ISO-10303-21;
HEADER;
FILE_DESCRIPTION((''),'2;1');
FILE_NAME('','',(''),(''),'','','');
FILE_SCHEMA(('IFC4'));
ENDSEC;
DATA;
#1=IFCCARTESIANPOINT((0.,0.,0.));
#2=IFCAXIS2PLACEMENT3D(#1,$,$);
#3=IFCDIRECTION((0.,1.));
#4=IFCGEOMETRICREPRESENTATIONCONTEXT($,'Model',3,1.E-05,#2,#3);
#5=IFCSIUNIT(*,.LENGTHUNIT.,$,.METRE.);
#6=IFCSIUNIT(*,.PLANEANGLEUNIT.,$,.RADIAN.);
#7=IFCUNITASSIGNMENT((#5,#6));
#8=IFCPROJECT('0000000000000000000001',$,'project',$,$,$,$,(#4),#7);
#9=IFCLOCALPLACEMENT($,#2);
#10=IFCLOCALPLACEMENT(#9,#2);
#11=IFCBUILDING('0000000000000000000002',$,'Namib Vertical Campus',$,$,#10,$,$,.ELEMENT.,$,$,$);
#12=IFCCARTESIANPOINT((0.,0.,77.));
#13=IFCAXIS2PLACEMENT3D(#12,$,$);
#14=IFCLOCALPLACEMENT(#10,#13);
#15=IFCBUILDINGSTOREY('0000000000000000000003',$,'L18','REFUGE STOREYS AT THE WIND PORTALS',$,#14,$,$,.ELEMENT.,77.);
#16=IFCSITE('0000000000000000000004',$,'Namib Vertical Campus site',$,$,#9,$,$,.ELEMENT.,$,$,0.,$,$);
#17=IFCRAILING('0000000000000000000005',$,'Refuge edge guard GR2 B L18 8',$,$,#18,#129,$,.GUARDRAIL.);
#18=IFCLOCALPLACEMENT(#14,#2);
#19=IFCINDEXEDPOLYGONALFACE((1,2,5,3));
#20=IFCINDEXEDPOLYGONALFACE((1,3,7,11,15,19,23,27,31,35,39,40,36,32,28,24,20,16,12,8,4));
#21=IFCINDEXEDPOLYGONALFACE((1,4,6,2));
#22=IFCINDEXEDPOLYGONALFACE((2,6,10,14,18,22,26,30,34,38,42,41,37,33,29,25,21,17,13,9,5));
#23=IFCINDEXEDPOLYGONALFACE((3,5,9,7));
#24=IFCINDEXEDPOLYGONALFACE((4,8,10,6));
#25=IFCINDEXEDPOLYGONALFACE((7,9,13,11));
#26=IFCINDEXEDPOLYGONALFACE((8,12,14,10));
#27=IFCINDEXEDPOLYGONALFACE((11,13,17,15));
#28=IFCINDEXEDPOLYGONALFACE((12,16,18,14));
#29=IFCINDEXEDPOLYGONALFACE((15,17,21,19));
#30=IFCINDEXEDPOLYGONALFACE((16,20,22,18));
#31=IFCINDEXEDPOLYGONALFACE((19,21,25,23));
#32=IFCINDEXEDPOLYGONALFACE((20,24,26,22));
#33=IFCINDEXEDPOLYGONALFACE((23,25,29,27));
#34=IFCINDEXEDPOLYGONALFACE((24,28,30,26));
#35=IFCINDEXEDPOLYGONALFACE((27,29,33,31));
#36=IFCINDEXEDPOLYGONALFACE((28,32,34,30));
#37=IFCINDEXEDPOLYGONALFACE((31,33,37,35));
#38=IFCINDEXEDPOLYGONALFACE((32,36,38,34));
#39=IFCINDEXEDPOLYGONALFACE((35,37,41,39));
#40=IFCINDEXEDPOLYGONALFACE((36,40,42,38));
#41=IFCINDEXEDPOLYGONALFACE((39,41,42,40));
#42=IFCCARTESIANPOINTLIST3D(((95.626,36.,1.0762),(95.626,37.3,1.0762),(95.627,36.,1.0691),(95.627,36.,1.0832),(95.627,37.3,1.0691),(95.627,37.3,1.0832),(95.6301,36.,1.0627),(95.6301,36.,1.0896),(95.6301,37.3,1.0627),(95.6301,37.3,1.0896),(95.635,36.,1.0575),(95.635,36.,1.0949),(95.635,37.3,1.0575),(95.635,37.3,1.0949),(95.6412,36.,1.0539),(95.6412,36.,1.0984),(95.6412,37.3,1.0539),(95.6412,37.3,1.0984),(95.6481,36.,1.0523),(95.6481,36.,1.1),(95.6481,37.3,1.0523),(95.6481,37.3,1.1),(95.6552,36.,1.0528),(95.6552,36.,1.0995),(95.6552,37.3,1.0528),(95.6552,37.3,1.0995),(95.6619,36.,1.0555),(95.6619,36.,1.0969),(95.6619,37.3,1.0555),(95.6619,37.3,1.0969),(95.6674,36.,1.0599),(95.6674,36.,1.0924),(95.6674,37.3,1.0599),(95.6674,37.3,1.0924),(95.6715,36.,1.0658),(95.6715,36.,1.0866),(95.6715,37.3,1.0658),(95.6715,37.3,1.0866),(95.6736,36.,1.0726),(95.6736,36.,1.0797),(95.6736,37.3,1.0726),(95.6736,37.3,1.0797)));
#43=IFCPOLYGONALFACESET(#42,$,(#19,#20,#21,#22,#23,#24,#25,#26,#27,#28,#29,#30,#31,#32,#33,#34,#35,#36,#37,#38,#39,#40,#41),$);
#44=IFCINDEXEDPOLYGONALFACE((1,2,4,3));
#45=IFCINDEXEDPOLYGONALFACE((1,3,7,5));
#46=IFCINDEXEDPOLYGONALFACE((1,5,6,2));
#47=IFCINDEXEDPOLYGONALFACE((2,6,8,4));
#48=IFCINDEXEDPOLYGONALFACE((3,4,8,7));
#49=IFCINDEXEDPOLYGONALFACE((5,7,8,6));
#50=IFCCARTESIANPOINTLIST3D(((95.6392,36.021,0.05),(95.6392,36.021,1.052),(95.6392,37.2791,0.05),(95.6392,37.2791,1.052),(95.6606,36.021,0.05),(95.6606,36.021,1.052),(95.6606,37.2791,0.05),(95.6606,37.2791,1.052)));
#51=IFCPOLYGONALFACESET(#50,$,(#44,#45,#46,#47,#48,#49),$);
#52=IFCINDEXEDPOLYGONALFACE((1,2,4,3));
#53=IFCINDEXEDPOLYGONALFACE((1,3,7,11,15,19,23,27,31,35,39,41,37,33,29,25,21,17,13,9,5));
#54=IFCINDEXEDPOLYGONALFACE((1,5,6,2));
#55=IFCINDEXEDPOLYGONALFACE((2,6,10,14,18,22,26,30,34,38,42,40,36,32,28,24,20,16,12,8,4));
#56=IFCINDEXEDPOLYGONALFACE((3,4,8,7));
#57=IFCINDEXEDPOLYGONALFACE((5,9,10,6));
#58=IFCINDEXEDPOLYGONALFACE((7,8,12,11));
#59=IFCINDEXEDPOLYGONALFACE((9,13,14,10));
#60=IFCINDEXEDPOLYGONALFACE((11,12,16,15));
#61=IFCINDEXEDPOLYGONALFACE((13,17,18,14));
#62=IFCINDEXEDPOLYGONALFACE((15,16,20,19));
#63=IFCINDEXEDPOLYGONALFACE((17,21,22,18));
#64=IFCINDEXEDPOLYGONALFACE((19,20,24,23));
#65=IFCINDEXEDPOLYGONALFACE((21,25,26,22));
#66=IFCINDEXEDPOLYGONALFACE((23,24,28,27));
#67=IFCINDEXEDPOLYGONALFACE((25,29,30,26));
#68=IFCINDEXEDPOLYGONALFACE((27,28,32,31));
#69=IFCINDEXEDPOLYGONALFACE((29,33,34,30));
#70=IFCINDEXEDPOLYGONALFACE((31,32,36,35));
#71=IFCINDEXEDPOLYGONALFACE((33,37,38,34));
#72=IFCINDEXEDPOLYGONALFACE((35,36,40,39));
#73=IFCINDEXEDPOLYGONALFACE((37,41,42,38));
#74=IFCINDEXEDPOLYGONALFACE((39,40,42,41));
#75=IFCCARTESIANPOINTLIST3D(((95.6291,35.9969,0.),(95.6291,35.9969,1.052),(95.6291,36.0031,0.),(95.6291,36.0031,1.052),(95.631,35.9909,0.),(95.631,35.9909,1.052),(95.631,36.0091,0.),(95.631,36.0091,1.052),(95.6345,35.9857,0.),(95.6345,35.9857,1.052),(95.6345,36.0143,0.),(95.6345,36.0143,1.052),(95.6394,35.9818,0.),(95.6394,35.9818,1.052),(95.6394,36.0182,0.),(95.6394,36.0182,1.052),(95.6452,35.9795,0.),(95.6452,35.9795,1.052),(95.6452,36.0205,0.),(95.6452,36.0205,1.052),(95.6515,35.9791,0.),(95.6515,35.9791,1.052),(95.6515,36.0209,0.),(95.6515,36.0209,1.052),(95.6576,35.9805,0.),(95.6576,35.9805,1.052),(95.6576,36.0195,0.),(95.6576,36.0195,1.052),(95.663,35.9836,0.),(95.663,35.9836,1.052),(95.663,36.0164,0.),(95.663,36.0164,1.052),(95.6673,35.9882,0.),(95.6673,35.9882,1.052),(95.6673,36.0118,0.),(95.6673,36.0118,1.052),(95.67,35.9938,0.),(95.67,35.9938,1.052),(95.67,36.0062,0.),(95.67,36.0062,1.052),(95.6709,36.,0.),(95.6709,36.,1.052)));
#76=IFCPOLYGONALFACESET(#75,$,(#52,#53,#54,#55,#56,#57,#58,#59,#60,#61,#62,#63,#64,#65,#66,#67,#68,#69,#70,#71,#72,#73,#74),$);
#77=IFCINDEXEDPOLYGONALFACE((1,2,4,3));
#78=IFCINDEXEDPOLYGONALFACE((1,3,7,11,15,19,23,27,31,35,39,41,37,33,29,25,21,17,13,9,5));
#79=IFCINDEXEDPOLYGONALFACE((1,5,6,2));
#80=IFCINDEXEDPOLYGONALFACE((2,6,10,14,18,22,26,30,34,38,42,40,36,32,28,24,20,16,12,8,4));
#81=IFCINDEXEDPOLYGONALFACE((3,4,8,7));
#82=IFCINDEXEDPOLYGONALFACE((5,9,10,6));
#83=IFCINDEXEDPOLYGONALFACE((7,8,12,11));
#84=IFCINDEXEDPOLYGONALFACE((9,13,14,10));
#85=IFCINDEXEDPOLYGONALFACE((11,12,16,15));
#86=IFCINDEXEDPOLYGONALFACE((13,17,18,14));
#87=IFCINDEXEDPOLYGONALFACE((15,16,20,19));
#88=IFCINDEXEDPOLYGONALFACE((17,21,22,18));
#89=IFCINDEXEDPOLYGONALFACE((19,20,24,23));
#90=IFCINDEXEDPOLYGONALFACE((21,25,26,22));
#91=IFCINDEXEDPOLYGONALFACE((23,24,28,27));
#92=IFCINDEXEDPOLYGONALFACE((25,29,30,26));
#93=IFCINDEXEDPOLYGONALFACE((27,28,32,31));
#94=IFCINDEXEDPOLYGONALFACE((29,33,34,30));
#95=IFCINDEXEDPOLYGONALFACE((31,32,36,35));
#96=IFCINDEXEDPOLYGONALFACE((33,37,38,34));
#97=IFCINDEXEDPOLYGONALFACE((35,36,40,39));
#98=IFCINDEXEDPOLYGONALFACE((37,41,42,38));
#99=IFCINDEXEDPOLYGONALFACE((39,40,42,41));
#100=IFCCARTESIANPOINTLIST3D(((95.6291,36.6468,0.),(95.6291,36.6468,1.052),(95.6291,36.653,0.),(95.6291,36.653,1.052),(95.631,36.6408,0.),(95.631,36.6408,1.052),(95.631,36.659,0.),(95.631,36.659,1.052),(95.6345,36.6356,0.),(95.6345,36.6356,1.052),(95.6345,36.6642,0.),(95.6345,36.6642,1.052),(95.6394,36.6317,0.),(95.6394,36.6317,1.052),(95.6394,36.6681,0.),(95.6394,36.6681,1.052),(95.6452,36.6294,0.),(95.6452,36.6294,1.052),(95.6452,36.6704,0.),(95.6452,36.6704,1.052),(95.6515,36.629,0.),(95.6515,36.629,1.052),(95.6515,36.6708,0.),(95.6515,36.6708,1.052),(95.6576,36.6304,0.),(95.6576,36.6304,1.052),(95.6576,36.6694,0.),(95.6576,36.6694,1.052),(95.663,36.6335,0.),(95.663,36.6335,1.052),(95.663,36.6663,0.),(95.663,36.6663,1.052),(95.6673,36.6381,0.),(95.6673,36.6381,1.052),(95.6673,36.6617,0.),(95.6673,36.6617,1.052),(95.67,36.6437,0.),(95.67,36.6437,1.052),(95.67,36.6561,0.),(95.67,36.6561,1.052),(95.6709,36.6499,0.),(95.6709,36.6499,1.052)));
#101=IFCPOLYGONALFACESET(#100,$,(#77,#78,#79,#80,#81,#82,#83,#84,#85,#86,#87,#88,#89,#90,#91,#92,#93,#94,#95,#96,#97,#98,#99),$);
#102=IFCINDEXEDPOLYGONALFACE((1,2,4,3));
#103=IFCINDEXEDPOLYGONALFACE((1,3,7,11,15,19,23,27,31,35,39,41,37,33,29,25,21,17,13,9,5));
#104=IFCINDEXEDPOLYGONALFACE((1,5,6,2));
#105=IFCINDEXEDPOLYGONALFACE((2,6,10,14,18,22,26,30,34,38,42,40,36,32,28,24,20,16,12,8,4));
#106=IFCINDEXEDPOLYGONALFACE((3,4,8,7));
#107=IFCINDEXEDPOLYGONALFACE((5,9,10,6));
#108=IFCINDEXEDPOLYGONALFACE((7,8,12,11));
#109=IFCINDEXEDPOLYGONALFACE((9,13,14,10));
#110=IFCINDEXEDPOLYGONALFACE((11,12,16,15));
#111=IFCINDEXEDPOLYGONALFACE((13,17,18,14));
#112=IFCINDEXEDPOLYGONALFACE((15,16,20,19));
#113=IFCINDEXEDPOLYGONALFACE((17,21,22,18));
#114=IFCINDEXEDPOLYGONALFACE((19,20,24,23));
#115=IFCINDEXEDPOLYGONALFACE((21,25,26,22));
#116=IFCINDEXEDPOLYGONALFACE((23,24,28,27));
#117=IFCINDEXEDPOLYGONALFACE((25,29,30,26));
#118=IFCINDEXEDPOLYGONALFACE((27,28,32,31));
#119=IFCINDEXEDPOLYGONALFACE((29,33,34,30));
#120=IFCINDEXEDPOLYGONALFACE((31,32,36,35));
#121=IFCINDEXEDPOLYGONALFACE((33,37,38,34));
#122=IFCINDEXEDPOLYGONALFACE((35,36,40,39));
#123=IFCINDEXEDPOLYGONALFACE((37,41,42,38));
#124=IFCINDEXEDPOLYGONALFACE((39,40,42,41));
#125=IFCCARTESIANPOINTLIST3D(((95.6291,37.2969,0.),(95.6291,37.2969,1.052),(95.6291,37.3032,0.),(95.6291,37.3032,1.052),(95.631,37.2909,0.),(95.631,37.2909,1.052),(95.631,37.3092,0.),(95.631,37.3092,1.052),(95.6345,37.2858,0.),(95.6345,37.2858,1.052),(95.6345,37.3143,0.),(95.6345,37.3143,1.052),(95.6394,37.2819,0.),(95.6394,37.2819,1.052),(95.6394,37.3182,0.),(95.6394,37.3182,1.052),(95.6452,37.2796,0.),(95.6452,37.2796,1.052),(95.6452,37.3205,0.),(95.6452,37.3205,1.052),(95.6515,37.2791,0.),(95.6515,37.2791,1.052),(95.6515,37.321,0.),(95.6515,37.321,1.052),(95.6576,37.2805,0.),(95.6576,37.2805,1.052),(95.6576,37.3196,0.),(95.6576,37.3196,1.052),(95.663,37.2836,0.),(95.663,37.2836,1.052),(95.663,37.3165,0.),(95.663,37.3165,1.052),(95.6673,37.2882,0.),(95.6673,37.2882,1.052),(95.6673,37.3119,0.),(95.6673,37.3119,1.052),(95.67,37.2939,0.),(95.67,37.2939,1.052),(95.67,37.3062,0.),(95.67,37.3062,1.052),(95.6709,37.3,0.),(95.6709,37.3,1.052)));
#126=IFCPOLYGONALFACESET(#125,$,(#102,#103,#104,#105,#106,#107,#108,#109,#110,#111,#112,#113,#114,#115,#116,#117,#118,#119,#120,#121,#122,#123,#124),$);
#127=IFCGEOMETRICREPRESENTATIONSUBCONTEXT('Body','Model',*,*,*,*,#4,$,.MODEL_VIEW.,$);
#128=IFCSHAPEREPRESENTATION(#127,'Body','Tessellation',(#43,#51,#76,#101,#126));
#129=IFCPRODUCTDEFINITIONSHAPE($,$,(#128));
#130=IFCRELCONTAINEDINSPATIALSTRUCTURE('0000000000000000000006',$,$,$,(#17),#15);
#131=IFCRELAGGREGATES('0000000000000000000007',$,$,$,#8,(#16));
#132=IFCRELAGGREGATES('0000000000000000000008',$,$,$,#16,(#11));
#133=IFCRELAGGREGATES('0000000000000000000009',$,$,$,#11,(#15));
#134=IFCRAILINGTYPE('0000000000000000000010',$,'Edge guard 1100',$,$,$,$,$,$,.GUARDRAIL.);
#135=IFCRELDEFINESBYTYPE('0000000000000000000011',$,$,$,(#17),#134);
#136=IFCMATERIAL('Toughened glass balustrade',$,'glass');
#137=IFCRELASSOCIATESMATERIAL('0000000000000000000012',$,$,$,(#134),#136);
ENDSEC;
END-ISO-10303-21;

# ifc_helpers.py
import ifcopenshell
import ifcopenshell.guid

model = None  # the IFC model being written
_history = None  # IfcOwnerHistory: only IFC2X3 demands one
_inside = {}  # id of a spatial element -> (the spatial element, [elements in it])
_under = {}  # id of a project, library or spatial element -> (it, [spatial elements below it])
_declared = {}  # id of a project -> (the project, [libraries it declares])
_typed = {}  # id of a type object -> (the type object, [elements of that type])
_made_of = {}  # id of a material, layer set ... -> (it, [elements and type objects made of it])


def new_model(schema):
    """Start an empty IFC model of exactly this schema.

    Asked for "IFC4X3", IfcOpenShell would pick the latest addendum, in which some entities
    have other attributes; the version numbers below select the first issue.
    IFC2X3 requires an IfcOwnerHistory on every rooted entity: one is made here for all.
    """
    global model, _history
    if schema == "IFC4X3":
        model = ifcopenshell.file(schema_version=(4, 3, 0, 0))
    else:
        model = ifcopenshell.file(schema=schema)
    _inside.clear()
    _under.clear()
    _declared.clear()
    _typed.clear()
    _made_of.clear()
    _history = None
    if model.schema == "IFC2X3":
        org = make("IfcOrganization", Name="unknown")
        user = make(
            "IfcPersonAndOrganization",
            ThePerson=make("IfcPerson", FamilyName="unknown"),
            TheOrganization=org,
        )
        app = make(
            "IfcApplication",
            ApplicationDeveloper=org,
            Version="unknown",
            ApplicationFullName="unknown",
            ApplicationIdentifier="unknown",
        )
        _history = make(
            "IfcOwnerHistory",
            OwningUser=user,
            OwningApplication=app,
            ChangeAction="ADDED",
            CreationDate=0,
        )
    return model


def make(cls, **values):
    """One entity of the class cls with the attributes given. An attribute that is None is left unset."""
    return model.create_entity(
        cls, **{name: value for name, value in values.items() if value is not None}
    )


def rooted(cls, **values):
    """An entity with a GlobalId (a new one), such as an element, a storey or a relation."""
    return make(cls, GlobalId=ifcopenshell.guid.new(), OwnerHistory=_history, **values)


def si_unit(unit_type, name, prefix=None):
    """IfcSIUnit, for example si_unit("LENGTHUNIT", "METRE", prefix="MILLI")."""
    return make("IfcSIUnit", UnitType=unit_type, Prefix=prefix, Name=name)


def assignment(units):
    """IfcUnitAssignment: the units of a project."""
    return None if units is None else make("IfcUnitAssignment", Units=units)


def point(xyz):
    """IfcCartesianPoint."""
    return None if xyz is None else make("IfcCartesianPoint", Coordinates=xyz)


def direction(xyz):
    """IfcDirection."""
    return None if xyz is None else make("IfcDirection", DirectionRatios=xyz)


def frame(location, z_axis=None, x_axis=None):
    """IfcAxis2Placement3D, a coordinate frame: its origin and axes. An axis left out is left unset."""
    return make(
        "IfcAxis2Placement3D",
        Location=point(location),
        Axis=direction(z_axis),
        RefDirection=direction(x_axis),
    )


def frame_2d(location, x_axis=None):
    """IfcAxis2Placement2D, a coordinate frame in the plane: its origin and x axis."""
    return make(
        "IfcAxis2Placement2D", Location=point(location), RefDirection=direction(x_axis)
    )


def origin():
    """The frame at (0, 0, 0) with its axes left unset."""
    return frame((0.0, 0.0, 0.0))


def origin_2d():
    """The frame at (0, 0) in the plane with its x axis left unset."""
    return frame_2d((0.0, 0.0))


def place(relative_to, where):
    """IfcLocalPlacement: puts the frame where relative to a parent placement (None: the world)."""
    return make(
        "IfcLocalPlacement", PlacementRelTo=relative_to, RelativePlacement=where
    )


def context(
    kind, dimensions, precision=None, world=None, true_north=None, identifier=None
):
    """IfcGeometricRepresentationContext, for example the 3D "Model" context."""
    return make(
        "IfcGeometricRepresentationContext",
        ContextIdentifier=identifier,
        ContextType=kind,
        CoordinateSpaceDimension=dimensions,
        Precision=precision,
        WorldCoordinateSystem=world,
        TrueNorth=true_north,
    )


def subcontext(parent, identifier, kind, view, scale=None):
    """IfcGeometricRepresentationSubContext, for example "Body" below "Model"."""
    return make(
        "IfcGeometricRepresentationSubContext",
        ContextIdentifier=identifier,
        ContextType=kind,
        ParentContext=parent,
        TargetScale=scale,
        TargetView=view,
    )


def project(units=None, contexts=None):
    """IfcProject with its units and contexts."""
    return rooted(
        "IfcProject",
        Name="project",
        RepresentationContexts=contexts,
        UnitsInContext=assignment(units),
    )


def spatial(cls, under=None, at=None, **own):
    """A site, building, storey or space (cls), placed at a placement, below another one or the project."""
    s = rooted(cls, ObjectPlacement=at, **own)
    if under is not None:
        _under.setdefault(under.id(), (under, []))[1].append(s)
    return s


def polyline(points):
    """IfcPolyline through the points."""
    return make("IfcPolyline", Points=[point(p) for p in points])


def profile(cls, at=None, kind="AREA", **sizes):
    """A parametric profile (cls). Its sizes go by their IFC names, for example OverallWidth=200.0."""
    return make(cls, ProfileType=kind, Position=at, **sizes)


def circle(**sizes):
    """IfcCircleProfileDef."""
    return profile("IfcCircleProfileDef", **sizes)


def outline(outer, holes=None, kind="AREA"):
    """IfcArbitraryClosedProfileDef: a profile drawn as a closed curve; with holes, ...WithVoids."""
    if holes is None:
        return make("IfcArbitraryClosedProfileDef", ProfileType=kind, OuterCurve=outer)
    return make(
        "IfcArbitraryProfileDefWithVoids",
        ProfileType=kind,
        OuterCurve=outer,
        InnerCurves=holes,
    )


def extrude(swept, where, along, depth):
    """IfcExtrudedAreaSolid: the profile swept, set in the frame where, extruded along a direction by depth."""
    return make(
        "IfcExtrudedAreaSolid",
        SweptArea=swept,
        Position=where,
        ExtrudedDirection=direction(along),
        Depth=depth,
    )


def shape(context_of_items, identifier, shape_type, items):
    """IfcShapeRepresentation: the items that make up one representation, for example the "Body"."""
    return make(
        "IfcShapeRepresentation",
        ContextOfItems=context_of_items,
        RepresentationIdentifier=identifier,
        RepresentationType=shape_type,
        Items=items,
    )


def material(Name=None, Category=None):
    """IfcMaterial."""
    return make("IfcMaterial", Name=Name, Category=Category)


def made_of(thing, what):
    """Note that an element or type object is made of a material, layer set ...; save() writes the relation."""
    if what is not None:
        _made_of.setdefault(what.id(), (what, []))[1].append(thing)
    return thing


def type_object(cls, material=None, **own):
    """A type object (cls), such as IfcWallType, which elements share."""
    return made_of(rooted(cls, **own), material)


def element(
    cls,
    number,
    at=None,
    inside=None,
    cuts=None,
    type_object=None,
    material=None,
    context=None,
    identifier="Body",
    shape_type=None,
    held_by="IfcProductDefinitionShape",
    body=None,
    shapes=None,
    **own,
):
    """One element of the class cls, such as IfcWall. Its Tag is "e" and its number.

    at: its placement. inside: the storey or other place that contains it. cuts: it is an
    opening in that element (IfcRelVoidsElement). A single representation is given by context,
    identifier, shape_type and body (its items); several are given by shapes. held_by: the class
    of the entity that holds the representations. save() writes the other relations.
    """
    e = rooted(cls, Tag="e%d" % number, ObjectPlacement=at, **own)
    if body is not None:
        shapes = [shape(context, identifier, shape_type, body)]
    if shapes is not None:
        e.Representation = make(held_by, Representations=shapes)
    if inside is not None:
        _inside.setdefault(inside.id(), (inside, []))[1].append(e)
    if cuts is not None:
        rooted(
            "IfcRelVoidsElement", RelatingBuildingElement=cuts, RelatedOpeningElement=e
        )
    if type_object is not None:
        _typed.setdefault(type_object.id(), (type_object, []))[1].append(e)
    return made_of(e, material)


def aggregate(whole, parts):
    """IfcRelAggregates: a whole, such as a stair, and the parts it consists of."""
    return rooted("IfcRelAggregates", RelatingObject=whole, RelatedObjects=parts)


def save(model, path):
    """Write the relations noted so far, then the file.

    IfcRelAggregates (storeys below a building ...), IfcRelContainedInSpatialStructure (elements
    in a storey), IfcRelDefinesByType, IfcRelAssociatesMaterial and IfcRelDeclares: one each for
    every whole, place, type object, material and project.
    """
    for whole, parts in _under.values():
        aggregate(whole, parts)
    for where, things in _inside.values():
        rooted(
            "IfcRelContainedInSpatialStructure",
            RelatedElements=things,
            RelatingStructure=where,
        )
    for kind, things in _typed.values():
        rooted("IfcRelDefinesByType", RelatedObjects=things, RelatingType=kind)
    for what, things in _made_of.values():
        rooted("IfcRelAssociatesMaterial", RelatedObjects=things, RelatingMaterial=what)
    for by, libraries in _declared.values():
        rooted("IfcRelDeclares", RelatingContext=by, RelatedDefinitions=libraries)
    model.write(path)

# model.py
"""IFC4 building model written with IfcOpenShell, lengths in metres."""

from ifc_helpers import new_model, si_unit, direction, frame, origin, origin_2d, place, context, subcontext, project, spatial, polyline, circle, outline, extrude, material, type_object, element, save


model = new_model("IFC4")

# Units and contexts
model_context = context("Model", 3, precision=1e-05, world=origin(), true_north=direction((0.0, 1.0)))
body_context = subcontext(model_context, "Body", "Model", "MODEL_VIEW")
ifc_project = project(units=[si_unit("LENGTHUNIT", "METRE"), si_unit("PLANEANGLEUNIT", "RADIAN")], contexts=[model_context])

# Site, building, storey
site_placement = place(None, origin())
site = spatial("IfcSite", under=ifc_project, at=site_placement, Name="Namib Vertical Campus site", CompositionType="ELEMENT", RefElevation=0.0)
building_placement = place(site_placement, origin())
building = spatial("IfcBuilding", under=site, at=building_placement, Name="Namib Vertical Campus", CompositionType="ELEMENT")
storey_placement = place(building_placement, frame((0.0, 0.0, 77.0)))
storey = spatial("IfcBuildingStorey", under=building, at=storey_placement, Name="L18", Description="REFUGE STOREYS AT THE WIND PORTALS", CompositionType="ELEMENT", Elevation=77.0)

# Railing
ifc_material_1 = material(Name="Toughened glass balustrade", Category="glass")
railing_type_1 = type_object("IfcRailingType", Name="Edge guard 1100", PredefinedType="GUARDRAIL", material=ifc_material_1)
railing_1_placement = place(storey_placement, frame((95.6499, 36.0, 0.0)))
element("IfcRailing", 1, at=railing_1_placement, inside=storey, type_object=railing_type_1, Name="Refuge edge guard GR2 B L18 8", PredefinedType="GUARDRAIL", context=body_context, shape_type="SweptSolid", body=[
    extrude(circle(Radius=0.0239, at=origin_2d()), frame((0.0, 0.0, 1.0762), z_axis=(0.0, 1.0, 0.0), x_axis=(-1.0, 0.0, 0.0)), (0.0, 0.0, 1.0), 1.3),
    extrude(outline(polyline([(0.021, 0.05), (1.2791, 0.05), (1.2791, 1.052), (0.021, 1.052), (0.021, 0.05)])), frame((-0.0107, 0.0, 0.0), z_axis=(1.0, 0.0, 0.0), x_axis=(0.0, 1.0, 0.0)), (0.0, 0.0, 1.0), 0.0215),
    extrude(circle(Radius=0.021, at=origin_2d()), origin(), (0.0, 0.0, 1.0), 1.052),
    extrude(circle(Radius=0.021, at=origin_2d()), frame((0.0, 0.6499, 0.0)), (0.0, 0.0, 1.0), 1.052),
    extrude(circle(Radius=0.021, at=origin_2d()), frame((0.0, 1.3, 0.0)), (0.0, 0.0, 1.0), 1.052),
])

save(model, "model.ifc")
